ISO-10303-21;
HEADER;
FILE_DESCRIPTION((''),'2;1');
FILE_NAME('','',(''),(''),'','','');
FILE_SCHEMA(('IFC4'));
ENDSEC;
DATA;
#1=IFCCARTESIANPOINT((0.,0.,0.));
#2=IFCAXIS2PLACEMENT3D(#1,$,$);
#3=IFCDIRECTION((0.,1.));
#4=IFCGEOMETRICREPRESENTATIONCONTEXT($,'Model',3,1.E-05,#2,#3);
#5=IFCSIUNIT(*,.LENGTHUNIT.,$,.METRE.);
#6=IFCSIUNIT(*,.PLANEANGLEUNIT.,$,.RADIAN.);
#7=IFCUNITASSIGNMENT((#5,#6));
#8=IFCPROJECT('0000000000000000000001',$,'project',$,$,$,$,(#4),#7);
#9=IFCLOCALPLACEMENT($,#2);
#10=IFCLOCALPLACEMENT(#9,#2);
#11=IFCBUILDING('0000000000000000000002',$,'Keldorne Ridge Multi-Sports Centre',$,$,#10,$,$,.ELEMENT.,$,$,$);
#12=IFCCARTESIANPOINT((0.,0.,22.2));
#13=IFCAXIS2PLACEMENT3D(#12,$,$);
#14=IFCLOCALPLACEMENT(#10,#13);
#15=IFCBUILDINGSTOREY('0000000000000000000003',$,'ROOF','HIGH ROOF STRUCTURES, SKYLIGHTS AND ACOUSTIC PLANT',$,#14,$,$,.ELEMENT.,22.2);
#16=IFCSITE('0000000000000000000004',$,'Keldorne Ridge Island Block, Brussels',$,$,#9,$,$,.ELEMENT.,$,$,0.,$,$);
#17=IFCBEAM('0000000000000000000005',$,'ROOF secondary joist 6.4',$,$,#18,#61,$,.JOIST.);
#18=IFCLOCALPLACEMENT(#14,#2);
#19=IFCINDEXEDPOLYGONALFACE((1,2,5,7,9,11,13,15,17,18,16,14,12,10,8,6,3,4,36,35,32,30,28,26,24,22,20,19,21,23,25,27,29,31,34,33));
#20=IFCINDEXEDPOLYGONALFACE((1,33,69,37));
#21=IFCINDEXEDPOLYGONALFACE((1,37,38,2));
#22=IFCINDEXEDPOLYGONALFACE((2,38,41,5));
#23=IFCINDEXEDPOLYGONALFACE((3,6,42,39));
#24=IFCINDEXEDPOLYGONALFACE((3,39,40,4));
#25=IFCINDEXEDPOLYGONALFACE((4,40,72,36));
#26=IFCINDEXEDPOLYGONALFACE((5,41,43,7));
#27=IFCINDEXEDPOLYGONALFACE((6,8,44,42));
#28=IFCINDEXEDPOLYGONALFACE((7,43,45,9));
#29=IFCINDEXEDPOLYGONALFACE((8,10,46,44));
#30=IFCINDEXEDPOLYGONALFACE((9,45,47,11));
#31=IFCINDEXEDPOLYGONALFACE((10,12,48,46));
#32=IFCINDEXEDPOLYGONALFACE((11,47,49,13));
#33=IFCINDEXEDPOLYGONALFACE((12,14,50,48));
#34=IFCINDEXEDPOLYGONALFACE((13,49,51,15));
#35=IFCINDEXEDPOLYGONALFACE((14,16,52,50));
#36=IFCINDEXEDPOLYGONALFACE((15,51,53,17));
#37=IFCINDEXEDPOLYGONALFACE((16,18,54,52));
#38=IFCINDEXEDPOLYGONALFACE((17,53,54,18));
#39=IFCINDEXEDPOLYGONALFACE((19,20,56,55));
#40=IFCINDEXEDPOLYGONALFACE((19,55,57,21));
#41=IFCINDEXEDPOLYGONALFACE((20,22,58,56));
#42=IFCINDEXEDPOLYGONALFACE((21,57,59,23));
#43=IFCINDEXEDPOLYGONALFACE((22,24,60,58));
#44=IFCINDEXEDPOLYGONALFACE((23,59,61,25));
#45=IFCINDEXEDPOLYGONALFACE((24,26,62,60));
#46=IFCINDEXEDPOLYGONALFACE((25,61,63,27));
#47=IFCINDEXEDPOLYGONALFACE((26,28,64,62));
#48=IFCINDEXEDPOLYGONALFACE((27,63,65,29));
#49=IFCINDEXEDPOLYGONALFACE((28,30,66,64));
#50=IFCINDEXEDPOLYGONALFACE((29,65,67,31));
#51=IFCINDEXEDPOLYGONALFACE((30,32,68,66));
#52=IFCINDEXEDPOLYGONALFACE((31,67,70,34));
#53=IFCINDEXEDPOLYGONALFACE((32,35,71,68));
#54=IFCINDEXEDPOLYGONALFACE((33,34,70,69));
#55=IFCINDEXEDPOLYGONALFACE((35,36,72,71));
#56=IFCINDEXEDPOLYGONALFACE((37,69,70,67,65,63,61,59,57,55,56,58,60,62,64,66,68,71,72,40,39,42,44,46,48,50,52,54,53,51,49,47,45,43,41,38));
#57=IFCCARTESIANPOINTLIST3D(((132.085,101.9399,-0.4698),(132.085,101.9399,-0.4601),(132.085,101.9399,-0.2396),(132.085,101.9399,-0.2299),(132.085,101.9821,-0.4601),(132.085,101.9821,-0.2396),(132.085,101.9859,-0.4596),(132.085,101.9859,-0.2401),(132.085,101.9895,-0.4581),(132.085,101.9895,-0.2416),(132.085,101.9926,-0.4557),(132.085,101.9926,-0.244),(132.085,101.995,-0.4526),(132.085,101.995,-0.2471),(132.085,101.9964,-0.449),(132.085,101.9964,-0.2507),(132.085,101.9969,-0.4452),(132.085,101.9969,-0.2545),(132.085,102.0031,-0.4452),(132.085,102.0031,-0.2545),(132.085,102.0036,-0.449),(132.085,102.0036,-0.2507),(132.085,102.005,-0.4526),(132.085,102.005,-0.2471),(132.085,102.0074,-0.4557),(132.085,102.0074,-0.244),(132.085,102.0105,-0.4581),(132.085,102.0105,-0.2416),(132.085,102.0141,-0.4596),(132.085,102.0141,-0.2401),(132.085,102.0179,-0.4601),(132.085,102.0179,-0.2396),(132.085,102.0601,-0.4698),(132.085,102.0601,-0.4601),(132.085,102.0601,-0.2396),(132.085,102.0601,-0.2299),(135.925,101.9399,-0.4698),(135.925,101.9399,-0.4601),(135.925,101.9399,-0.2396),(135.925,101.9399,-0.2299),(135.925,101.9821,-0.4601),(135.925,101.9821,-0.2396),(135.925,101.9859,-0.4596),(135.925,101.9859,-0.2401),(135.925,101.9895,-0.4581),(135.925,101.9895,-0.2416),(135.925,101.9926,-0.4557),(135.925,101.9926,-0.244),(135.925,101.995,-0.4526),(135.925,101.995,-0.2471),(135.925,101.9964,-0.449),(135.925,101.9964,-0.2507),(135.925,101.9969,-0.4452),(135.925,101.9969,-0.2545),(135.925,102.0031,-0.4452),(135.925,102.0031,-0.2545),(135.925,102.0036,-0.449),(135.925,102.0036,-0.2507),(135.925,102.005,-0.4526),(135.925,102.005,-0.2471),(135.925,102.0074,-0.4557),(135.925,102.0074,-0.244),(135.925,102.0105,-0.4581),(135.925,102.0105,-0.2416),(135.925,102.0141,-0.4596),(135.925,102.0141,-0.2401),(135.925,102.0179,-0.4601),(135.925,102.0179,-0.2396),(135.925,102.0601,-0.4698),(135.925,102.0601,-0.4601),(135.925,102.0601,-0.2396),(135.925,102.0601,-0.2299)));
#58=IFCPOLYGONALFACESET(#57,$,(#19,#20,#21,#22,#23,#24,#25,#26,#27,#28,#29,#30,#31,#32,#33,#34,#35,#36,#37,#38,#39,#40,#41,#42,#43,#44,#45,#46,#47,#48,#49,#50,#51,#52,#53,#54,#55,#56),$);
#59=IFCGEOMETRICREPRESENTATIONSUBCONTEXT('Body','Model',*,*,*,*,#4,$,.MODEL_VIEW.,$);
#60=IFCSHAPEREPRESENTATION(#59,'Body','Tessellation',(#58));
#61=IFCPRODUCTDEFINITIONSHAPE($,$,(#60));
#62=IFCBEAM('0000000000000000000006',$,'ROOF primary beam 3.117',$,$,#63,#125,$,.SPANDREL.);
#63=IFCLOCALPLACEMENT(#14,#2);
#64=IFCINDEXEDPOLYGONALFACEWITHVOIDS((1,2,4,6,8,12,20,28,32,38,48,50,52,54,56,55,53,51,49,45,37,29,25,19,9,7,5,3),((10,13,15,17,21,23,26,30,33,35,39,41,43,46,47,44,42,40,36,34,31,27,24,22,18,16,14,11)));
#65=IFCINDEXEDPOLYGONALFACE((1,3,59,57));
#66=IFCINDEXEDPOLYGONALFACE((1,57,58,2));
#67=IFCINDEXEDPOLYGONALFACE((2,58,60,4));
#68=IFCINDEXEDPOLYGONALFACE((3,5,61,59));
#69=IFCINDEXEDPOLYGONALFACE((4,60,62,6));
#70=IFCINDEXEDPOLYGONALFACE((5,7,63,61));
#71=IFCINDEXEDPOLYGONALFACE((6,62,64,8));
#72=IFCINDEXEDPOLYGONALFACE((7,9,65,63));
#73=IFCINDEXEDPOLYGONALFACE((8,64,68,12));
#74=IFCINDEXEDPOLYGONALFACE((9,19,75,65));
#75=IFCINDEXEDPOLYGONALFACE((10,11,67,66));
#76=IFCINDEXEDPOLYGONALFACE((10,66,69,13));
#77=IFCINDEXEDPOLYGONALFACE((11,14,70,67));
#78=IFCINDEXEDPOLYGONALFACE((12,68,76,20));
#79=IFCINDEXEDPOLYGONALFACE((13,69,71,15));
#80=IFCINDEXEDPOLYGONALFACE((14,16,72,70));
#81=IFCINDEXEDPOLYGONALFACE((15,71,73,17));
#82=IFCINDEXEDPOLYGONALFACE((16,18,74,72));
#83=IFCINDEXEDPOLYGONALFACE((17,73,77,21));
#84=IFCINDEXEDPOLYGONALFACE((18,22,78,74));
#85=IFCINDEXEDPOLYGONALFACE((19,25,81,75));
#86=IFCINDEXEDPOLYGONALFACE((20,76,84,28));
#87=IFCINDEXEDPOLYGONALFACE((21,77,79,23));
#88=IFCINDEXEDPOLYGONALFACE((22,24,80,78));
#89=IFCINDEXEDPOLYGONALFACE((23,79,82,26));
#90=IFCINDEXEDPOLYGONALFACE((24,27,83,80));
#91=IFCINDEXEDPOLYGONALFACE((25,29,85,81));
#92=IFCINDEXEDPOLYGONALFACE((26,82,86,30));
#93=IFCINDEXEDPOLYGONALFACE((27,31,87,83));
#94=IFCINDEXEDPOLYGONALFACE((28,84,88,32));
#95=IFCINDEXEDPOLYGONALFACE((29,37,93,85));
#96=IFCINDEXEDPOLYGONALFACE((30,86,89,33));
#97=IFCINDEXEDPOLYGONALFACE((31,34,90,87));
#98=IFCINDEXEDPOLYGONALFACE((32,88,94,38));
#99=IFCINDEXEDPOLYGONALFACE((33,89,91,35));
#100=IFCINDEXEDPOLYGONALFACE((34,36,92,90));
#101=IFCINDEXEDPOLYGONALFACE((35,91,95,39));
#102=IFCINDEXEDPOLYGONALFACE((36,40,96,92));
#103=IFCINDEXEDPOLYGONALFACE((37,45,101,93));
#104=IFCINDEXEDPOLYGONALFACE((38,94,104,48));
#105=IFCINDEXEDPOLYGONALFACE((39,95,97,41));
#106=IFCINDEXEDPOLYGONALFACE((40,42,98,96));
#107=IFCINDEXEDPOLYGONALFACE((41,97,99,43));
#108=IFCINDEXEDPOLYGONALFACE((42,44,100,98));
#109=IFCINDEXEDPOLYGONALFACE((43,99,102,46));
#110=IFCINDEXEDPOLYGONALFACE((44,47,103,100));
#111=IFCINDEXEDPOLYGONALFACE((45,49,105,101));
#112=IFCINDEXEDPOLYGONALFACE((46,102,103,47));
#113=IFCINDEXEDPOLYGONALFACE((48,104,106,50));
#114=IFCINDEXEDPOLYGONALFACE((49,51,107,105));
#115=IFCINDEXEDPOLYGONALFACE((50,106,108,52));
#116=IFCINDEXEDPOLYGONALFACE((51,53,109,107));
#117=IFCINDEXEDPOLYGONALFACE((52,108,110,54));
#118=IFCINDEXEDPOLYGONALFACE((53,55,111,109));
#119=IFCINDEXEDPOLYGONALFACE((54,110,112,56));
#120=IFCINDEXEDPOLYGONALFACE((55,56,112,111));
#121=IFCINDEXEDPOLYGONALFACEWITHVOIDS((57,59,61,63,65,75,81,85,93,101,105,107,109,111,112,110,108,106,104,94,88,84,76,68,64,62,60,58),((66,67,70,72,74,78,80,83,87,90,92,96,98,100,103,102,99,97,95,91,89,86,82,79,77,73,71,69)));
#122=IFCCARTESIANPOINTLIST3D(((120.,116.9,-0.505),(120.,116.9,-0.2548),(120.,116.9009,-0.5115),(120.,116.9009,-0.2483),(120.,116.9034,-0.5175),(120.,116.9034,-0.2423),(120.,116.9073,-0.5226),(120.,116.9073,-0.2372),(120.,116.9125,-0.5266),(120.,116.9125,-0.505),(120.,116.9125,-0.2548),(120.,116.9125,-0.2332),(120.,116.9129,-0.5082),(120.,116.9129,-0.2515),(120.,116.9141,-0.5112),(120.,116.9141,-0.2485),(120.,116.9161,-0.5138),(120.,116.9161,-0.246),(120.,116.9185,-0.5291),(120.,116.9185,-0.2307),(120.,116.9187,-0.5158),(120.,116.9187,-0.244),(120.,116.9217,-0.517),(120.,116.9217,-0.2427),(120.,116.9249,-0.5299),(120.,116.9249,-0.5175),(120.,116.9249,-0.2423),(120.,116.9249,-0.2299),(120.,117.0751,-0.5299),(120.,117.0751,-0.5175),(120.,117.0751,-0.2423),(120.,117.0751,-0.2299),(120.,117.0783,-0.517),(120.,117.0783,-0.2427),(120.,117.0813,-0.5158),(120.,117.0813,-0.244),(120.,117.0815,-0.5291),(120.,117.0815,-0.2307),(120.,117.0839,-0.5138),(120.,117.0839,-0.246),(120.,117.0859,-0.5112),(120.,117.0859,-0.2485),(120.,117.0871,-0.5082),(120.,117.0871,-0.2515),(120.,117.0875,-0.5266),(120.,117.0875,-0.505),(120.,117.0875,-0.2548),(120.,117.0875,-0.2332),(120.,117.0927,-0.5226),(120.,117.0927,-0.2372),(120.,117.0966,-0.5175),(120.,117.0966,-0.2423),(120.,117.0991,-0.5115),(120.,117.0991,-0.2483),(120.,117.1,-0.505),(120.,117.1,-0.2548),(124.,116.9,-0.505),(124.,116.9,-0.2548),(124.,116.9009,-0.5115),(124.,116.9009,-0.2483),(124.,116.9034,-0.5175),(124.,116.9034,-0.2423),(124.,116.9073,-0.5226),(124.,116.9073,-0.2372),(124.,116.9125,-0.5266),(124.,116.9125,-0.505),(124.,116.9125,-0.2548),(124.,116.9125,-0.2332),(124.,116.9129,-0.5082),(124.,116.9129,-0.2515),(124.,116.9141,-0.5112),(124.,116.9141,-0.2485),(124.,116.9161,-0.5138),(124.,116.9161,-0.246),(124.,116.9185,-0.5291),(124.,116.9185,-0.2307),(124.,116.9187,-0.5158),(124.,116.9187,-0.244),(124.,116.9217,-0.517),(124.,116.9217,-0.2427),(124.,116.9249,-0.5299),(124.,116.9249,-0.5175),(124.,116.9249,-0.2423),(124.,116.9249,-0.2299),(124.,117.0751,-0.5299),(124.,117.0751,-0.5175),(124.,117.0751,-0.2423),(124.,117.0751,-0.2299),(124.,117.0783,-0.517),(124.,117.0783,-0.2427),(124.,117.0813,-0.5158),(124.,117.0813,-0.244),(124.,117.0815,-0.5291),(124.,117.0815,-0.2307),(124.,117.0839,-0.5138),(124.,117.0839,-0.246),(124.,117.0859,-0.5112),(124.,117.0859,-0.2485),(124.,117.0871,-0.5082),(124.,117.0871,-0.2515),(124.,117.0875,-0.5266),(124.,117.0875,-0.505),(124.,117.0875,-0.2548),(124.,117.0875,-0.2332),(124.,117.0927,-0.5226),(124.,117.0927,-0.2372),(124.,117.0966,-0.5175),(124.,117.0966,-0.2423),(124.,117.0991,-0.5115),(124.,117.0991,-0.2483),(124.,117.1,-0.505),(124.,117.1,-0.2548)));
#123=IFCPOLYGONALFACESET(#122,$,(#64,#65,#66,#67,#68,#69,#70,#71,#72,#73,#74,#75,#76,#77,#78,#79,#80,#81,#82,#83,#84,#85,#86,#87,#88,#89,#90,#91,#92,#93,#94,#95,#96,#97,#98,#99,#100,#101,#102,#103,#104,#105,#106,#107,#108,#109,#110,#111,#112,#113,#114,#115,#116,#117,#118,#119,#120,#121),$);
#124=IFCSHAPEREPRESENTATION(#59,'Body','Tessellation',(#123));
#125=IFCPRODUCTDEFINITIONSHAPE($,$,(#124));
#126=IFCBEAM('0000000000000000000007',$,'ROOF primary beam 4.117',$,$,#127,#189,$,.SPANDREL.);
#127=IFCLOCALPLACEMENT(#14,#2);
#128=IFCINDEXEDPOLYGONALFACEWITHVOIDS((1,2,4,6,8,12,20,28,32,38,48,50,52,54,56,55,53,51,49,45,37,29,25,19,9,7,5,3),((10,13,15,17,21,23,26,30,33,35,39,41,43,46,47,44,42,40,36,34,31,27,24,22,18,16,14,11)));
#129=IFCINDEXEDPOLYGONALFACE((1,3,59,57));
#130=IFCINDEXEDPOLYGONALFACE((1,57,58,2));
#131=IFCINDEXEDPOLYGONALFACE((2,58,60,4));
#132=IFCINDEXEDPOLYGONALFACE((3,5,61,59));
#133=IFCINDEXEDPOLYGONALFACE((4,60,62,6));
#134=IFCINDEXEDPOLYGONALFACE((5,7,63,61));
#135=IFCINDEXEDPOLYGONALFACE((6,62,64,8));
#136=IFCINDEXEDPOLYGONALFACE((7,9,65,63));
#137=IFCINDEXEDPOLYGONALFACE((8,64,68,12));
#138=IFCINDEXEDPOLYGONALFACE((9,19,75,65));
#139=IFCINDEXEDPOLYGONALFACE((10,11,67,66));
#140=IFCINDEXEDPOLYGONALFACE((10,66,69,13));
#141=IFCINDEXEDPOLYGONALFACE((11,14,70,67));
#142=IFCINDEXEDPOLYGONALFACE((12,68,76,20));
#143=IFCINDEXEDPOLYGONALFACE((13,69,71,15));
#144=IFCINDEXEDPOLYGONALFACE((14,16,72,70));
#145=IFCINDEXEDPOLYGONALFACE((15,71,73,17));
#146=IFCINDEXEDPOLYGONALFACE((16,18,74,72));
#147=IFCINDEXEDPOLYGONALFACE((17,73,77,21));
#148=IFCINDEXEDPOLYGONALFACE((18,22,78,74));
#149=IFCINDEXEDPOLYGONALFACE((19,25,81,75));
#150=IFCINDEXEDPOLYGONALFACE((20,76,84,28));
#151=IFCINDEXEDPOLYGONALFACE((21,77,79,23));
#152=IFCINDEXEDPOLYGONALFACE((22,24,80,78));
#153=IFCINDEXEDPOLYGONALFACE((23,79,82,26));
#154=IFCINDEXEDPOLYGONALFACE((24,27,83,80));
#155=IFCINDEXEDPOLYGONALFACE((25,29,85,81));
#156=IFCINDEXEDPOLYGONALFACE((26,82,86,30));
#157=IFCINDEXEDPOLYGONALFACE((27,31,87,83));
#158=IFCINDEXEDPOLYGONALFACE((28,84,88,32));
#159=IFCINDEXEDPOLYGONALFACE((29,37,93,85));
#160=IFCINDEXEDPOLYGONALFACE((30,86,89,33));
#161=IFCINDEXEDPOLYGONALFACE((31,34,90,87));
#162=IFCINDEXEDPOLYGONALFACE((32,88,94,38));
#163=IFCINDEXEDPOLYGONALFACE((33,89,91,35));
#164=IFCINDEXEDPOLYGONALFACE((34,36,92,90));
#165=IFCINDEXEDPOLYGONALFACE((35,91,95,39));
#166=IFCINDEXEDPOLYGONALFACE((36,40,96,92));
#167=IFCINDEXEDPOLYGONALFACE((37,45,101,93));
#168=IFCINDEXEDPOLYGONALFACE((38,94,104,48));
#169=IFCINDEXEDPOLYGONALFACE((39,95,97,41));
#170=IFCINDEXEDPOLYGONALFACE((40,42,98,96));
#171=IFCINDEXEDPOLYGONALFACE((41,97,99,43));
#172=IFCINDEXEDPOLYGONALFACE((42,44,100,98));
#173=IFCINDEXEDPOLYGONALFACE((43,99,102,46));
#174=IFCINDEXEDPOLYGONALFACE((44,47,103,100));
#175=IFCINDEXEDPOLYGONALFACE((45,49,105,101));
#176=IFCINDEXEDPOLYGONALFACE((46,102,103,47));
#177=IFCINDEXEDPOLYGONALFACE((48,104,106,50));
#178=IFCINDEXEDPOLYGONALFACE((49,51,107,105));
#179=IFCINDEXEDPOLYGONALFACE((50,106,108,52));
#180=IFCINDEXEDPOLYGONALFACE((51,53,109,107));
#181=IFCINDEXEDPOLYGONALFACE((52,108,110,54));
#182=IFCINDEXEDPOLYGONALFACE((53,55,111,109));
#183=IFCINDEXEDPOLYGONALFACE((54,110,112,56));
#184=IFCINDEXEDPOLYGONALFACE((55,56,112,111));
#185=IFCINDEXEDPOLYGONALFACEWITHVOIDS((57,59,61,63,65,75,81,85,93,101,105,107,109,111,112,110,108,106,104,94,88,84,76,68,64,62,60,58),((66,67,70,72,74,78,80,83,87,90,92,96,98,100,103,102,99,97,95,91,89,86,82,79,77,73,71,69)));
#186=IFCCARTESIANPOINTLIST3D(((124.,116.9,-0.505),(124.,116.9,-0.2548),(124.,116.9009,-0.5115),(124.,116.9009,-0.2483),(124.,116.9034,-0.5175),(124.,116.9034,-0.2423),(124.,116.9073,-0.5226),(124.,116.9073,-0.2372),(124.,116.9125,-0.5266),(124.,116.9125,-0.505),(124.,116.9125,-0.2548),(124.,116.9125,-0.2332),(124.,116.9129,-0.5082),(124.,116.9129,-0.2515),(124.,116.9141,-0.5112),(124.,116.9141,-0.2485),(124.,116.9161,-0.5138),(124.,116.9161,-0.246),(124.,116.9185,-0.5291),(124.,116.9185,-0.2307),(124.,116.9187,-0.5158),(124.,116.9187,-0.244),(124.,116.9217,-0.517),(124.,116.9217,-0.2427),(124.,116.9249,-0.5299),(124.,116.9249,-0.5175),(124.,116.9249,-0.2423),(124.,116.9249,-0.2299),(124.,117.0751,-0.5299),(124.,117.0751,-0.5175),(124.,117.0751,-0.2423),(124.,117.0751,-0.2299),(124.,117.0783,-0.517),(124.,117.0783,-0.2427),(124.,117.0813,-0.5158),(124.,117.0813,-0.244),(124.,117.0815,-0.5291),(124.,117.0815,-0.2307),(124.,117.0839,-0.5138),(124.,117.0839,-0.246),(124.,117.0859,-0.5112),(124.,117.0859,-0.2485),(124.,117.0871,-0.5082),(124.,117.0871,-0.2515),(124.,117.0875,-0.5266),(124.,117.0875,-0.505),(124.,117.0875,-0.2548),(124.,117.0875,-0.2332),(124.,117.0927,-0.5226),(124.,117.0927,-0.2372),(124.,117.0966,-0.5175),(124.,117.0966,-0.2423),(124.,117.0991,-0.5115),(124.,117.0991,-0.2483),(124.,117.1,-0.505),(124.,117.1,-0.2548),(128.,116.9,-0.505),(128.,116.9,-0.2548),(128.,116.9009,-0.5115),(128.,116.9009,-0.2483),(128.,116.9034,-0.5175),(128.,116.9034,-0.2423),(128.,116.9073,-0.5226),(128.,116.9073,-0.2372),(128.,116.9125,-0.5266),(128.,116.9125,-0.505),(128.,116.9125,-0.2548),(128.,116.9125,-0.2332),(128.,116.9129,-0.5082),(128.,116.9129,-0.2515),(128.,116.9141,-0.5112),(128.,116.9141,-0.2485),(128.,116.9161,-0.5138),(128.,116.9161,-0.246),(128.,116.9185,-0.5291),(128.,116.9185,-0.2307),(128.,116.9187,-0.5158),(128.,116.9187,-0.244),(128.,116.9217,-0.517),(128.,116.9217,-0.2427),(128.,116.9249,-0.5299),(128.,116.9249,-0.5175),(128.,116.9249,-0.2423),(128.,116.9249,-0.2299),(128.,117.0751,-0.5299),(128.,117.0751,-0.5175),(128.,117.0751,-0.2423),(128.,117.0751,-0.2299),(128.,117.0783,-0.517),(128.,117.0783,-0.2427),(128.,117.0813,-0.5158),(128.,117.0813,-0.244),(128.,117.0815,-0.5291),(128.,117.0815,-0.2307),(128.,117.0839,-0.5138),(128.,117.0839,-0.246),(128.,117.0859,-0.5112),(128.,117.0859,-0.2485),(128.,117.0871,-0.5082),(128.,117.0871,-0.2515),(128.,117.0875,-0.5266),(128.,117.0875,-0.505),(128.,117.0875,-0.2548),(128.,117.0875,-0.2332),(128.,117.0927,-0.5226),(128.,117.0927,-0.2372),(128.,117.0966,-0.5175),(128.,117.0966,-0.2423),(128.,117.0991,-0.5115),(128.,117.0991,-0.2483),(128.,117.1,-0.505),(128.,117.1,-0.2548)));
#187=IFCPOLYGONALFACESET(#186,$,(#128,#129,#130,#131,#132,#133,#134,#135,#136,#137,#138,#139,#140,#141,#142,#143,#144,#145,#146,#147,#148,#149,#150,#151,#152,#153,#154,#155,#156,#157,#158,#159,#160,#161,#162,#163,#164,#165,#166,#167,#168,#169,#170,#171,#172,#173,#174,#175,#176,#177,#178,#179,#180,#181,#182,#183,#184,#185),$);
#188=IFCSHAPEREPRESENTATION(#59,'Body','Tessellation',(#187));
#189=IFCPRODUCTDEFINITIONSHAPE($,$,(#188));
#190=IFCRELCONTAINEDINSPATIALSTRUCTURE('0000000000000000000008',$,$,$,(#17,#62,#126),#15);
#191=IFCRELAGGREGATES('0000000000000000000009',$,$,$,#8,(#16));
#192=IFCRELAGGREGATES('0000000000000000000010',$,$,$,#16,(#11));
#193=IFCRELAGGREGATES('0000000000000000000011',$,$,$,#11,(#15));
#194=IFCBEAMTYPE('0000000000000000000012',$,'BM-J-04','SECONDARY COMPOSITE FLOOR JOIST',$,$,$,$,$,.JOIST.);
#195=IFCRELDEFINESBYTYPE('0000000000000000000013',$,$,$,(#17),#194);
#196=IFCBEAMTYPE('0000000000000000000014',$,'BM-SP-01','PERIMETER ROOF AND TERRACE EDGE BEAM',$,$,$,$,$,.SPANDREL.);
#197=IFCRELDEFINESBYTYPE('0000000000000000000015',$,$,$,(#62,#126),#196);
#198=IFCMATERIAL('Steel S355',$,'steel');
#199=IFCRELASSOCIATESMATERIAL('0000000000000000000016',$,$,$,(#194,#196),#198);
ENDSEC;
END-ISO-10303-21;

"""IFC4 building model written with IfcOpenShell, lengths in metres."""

from ifc_helpers import new_model, si_unit, direction, frame, origin, origin_2d, place, context, subcontext, project, spatial, hollow_rectangle, i_section, extrude, material, material_profile, profile_set, type_object, element, save


model = new_model("IFC4")

# Units and contexts
model_context = context("Model", 3, precision=1e-05, world=origin(), true_north=direction((0.0, 1.0)))
body_context = subcontext(model_context, "Body", "Model", "MODEL_VIEW")
ifc_project = project(units=[si_unit("LENGTHUNIT", "METRE"), si_unit("PLANEANGLEUNIT", "RADIAN")], contexts=[model_context])

# Site, building, storey
site_placement = place(None, origin())
site = spatial("IfcSite", under=ifc_project, at=site_placement, Name="Keldorne Ridge Island Block, Brussels", CompositionType="ELEMENT", RefElevation=0.0)
building_placement = place(site_placement, origin())
building = spatial("IfcBuilding", under=site, at=building_placement, Name="Keldorne Ridge Multi-Sports Centre", CompositionType="ELEMENT")
storey_placement = place(building_placement, frame((0.0, 0.0, 22.2)))
storey = spatial("IfcBuildingStorey", under=building, at=storey_placement, Name="ROOF", Description="HIGH ROOF STRUCTURES, SKYLIGHTS AND ACOUSTIC PLANT", CompositionType="ELEMENT", Elevation=22.2)

# Beams
ifc_material_1 = material(Name="Steel S355", Category="steel")
ifc_material_profile_1 = material_profile(ifc_material_1, i_section(OverallWidth=0.1201, OverallDepth=0.24, WebThickness=0.0061, FlangeThickness=0.0098, FilletRadius=0.0149, at=origin_2d()), Name="IPE 240")
ifc_profile_set_1 = profile_set([ifc_material_profile_1], Name="Steel S355")
beam_type_1 = type_object("IfcBeamType", Name="BM-J-04", Description="SECONDARY COMPOSITE FLOOR JOIST", PredefinedType="JOIST", material=ifc_profile_set_1)
beam_1_placement = place(storey_placement, frame((132.085, 102.0, -0.3499), z_axis=(1.0, 0.0, 0.0), x_axis=(0.0, 1.0, 0.0)))
element("IfcBeam", 1, at=beam_1_placement, inside=storey, type_object=beam_type_1, Name="ROOF secondary joist 6.4", PredefinedType="JOIST", context=body_context, shape_type="SweptSolid", body=[
    extrude(i_section(OverallWidth=0.1201, OverallDepth=0.24, WebThickness=0.0061, FlangeThickness=0.0098, FilletRadius=0.0149, at=origin_2d()), origin(), (0.0, 0.0, 1.0), 3.8401),
])
ifc_material_profile_2 = material_profile(ifc_material_1, hollow_rectangle(XDim=0.2, YDim=0.3, WallThickness=0.0125, InnerFilletRadius=0.0125, OuterFilletRadius=0.0249, at=origin_2d()), Name="RHS 300x200x12.5")
ifc_profile_set_2 = profile_set([ifc_material_profile_2], Name="Steel S355")
beam_type_2 = type_object("IfcBeamType", Name="BM-SP-01", Description="PERIMETER ROOF AND TERRACE EDGE BEAM", PredefinedType="SPANDREL", material=ifc_profile_set_2)
for number, where, z_axis, x_axis, name in (
    (2, (120.0, 117.0, -0.3799), (1.0, 0.0, 0.0), (0.0, 1.0, 0.0), "ROOF primary beam 3.117"),
    (3, (124.0, 117.0, -0.3799), (1.0, 0.0, 0.0), (0.0, 1.0, 0.0), "ROOF primary beam 4.117"),
):
    element("IfcBeam", number, at=place(storey_placement, frame(where, z_axis=z_axis, x_axis=x_axis)), inside=storey, type_object=beam_type_2, Name=name, PredefinedType="SPANDREL", context=body_context, shape_type="SweptSolid", body=[
        extrude(hollow_rectangle(XDim=0.2, YDim=0.3, WallThickness=0.0125, InnerFilletRadius=0.0125, OuterFilletRadius=0.0249, at=origin_2d()), origin(), (0.0, 0.0, 1.0), 4.0),
    ])

save(model, "model.ifc")
